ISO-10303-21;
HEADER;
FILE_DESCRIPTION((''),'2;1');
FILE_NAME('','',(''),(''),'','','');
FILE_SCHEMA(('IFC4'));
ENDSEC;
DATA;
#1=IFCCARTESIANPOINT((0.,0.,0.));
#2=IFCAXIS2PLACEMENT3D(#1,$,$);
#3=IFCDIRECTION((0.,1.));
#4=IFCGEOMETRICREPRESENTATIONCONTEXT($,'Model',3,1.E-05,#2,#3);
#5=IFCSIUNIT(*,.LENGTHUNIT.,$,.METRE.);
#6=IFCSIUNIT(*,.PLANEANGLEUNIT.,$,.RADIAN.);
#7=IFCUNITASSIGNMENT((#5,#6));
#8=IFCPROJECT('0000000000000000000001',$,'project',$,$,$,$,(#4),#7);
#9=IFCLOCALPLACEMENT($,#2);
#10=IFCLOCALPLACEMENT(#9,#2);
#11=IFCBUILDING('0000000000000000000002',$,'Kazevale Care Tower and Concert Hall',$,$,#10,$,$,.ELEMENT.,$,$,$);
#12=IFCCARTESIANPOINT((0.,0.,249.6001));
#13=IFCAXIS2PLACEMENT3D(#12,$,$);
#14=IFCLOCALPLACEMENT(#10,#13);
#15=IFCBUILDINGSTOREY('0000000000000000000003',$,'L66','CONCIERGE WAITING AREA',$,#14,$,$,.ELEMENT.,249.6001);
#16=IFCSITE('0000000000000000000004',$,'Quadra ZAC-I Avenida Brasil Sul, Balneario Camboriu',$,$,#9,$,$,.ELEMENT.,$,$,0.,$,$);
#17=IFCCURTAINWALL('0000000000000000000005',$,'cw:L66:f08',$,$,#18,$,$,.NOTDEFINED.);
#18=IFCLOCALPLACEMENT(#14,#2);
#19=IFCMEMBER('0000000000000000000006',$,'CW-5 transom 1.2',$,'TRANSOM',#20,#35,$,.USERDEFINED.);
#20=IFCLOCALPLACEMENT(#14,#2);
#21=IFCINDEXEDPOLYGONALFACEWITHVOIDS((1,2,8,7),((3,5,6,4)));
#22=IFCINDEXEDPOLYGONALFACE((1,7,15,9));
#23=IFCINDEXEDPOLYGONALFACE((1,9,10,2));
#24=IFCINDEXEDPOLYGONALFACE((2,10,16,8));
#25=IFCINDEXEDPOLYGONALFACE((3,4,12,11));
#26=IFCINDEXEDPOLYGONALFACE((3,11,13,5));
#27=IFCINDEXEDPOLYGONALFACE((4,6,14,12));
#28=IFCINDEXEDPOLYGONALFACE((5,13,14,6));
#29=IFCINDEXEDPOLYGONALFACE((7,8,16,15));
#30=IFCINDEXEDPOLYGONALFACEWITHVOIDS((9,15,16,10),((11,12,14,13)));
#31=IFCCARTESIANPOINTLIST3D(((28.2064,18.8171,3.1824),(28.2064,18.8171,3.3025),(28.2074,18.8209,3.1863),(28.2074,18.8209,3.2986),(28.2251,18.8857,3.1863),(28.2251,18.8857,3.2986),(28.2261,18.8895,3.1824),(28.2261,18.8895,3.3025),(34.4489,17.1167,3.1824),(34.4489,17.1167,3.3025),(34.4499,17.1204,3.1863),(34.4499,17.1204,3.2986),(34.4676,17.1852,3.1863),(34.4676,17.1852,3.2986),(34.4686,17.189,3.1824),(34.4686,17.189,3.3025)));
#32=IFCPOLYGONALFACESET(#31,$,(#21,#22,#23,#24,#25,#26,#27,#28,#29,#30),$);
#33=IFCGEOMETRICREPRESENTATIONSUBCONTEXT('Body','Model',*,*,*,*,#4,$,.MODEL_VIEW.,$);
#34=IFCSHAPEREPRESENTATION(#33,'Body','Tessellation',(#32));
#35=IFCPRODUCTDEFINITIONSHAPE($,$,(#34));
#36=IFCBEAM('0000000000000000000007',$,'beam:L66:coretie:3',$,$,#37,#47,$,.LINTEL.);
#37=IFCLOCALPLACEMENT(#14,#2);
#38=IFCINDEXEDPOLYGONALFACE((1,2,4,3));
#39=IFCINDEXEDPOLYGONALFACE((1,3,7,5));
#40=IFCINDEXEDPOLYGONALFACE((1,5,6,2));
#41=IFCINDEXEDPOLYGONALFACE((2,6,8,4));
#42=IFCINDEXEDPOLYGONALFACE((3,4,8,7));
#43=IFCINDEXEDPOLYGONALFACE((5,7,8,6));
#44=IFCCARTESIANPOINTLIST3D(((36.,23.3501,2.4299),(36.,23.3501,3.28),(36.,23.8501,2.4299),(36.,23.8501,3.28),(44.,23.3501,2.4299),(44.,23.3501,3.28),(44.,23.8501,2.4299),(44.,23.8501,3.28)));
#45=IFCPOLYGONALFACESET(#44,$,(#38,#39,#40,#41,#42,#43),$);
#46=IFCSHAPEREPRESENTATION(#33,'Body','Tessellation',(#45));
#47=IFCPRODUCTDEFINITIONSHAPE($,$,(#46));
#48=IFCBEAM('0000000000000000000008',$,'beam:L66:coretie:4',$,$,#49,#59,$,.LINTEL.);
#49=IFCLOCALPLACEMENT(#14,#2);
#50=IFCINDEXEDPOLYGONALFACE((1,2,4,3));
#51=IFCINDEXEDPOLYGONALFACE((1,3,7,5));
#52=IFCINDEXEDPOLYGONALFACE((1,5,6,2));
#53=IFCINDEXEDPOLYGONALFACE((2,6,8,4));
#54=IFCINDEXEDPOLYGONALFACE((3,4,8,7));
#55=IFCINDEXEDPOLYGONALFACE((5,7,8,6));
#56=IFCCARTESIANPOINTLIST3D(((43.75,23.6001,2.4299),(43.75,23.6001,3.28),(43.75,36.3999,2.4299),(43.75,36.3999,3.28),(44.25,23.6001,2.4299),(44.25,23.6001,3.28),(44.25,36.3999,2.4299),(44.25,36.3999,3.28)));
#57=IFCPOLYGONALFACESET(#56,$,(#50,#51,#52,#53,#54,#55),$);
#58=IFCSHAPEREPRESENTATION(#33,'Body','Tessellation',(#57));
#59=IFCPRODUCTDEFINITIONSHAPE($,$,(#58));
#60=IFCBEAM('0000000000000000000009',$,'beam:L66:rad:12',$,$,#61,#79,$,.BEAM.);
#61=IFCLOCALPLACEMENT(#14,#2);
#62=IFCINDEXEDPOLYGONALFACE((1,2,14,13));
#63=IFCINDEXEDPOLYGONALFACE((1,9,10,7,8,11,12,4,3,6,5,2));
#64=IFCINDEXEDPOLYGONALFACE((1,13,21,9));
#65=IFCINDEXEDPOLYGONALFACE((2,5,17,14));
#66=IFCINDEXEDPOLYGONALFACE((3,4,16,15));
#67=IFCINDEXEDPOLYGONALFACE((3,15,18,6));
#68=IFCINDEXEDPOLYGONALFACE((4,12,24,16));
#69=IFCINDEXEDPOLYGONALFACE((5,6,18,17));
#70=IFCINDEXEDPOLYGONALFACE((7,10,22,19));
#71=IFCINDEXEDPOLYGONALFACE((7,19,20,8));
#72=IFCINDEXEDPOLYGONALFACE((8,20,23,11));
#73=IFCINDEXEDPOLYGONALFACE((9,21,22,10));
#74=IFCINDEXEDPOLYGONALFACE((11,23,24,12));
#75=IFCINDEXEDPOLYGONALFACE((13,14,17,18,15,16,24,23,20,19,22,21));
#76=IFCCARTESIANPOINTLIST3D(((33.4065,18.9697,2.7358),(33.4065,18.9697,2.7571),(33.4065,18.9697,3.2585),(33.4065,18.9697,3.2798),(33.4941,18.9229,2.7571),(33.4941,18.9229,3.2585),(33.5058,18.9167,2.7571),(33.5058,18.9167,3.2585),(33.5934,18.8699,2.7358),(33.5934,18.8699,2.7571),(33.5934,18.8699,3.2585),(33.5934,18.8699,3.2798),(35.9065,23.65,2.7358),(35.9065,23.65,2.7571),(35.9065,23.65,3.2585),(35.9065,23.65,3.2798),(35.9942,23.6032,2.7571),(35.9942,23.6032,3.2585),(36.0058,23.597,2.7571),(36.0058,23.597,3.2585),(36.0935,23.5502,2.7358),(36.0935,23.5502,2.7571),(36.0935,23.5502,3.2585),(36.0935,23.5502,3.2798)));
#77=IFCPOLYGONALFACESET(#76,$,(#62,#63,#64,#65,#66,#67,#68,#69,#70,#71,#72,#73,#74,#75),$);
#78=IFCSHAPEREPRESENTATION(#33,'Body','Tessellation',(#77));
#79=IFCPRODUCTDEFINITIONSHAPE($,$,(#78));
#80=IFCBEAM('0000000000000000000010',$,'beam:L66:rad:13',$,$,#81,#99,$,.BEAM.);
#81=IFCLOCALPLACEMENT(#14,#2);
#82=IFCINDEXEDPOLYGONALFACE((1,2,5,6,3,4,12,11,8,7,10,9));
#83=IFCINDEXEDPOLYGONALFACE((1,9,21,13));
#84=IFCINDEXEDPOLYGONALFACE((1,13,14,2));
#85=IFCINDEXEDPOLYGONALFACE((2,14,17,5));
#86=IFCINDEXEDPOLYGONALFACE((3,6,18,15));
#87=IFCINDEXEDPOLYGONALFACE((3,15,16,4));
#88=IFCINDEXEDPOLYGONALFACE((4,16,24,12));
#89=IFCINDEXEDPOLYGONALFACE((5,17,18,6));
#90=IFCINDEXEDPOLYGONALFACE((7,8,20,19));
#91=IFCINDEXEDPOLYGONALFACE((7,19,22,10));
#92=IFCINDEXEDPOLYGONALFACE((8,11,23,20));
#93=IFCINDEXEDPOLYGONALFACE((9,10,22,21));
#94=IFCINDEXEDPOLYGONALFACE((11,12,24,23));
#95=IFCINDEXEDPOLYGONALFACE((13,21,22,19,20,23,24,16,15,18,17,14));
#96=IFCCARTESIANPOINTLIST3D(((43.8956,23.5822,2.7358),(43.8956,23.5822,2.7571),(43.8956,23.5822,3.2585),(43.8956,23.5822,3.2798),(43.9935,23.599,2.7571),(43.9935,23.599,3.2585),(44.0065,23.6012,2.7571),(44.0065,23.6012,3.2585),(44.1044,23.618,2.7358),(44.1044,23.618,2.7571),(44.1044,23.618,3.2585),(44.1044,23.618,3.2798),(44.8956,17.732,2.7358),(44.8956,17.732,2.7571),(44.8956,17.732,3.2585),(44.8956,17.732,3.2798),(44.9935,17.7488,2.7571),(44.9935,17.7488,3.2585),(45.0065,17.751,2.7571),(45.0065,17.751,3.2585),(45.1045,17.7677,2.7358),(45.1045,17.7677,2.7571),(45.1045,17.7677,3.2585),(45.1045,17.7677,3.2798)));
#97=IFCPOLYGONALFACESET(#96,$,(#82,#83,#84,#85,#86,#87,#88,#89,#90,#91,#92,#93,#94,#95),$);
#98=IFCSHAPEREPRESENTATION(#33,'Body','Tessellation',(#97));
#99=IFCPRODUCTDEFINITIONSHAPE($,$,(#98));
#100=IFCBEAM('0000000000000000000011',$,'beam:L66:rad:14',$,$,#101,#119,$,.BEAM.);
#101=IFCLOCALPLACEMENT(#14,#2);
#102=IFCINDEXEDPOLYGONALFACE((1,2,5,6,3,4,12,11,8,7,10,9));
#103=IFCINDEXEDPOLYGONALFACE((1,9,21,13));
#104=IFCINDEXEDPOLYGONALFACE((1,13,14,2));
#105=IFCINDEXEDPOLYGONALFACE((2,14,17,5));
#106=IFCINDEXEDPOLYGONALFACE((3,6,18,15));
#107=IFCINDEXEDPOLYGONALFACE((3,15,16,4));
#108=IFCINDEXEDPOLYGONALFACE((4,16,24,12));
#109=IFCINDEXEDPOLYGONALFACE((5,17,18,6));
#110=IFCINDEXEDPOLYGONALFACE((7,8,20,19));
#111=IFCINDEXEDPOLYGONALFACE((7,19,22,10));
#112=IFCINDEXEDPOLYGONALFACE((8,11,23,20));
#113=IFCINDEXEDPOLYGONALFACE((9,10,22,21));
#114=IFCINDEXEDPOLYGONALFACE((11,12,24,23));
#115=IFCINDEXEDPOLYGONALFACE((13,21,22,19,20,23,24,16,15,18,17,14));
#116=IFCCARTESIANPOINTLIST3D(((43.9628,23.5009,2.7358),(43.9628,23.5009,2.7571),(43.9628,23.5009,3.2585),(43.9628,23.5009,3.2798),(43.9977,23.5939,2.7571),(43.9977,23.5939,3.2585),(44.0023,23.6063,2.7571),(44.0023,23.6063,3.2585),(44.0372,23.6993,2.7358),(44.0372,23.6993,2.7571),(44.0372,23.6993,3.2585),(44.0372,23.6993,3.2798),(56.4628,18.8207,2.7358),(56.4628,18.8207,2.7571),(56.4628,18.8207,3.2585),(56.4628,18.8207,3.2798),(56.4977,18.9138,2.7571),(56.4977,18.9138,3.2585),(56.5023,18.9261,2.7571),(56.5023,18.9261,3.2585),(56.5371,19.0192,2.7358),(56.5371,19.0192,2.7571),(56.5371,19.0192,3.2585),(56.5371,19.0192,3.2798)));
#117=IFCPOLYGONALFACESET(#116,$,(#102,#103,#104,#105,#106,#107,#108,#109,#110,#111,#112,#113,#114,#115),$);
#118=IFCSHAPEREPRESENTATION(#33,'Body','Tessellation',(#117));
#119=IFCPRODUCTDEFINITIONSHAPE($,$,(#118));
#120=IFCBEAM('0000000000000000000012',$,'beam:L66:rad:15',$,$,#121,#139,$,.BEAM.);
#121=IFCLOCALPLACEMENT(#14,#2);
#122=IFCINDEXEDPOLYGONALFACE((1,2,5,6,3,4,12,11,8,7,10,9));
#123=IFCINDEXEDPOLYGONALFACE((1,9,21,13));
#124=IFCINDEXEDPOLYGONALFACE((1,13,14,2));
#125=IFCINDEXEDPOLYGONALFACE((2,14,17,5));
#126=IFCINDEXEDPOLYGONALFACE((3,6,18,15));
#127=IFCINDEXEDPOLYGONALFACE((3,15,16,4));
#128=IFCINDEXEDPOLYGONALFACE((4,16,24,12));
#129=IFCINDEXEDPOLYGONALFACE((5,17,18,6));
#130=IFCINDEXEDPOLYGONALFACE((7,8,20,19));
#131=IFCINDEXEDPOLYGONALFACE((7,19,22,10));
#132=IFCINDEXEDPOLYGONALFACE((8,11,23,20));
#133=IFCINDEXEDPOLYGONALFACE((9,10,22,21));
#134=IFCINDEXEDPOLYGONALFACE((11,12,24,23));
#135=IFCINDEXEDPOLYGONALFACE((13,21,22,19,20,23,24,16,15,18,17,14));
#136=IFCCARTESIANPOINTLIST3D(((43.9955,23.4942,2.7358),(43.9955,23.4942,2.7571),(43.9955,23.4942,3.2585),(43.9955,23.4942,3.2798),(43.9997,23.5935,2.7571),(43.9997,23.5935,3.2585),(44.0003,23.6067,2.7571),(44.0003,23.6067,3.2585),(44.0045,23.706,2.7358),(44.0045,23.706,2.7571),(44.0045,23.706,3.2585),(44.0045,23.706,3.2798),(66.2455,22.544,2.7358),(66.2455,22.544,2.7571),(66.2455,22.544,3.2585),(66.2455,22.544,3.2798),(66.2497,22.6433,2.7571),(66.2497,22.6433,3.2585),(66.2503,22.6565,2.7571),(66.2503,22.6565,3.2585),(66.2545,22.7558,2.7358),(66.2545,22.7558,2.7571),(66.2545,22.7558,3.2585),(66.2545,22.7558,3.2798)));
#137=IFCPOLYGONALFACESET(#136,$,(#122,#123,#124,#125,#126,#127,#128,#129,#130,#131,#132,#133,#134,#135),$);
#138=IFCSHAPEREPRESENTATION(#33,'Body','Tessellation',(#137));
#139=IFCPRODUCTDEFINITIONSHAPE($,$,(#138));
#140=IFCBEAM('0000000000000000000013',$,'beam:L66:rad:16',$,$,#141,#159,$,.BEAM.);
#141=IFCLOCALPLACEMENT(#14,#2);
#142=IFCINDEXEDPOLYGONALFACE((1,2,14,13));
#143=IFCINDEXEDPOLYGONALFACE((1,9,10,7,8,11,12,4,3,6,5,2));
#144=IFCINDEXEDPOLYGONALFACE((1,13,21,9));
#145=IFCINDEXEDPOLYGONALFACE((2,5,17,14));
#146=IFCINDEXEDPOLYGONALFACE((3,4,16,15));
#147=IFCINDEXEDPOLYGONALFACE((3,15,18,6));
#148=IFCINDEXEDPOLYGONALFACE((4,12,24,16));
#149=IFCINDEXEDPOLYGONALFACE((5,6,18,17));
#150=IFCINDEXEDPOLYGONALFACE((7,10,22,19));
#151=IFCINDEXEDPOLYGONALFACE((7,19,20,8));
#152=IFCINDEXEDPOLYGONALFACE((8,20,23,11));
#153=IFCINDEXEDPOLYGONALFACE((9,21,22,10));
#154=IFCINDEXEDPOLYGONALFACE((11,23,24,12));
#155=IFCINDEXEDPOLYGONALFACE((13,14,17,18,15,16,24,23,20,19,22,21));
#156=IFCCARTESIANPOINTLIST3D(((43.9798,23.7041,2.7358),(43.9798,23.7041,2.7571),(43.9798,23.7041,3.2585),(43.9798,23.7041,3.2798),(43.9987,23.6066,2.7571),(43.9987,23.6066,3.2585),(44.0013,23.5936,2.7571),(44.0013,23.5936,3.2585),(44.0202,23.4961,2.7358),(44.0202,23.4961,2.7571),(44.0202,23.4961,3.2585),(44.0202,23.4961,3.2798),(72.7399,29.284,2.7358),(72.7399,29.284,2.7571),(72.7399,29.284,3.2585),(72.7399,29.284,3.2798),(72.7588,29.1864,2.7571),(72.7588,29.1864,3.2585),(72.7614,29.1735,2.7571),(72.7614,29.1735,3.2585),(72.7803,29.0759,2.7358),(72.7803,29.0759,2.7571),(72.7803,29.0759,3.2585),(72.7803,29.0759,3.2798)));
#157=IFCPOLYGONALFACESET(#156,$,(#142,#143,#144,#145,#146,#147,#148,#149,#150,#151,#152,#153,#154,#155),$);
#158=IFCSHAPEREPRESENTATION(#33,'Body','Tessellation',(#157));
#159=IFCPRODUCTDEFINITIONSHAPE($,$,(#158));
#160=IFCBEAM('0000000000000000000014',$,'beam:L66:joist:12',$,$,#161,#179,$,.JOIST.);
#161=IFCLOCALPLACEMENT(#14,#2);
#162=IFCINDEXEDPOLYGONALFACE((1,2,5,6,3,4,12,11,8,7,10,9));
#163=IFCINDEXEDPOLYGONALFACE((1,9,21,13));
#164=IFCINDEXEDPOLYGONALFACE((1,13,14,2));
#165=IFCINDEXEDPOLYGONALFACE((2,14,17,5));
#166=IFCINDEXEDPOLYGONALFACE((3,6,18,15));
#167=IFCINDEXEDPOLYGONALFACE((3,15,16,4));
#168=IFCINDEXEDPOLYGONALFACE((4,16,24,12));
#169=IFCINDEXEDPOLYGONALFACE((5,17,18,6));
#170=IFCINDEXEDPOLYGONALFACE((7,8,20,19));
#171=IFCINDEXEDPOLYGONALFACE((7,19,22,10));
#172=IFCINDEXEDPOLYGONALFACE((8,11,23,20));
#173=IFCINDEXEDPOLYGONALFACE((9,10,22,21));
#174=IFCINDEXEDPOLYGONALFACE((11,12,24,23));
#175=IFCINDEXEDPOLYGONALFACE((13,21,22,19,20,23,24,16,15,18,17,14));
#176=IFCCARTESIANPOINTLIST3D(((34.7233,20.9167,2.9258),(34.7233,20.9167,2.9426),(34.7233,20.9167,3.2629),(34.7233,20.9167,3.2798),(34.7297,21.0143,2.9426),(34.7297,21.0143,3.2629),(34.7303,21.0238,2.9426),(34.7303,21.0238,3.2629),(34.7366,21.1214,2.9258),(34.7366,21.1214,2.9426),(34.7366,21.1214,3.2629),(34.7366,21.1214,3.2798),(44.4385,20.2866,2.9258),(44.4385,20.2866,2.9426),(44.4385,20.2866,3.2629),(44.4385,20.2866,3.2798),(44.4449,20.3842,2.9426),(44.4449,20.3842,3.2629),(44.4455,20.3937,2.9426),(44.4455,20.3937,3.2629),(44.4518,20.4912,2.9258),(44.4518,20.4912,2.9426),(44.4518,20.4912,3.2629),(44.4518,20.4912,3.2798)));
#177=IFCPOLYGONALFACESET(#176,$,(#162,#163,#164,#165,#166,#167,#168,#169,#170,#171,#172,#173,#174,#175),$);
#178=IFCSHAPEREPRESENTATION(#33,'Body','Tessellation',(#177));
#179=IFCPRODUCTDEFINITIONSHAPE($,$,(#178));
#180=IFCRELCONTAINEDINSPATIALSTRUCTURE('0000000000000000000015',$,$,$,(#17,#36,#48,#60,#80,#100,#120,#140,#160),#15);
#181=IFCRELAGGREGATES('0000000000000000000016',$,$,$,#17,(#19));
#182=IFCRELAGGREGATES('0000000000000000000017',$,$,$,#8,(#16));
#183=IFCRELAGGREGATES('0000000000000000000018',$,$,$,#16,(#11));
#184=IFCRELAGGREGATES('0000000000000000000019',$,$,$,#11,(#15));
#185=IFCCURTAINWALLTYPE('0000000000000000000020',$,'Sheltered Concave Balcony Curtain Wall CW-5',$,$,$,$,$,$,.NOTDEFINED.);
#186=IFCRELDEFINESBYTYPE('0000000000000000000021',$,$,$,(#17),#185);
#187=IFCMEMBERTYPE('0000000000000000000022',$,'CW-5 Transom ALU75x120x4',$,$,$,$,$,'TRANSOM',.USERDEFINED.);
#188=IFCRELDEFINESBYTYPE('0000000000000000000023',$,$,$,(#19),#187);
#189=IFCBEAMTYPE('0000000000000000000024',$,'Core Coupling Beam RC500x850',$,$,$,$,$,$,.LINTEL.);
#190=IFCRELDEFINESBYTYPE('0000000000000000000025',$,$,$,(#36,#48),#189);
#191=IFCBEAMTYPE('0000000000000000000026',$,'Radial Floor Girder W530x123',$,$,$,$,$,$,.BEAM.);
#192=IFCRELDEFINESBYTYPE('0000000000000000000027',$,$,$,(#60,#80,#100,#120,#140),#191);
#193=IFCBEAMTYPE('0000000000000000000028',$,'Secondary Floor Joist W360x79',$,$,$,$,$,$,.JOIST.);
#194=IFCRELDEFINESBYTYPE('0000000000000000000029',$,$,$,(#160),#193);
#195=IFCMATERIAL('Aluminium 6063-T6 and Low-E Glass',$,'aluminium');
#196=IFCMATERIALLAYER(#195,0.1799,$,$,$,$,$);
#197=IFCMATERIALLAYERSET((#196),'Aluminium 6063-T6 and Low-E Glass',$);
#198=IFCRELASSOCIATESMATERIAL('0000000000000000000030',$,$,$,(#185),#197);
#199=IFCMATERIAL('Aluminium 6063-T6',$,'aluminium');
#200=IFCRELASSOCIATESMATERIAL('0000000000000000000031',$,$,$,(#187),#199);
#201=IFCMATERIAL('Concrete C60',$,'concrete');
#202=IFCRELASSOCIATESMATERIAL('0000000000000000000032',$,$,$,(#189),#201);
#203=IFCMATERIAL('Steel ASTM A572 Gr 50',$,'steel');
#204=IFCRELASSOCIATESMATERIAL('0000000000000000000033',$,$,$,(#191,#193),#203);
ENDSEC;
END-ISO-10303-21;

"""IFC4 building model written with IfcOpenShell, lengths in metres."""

from ifc_helpers import new_model, si_unit, direction, frame, origin, origin_2d, place, context, subcontext, project, spatial, rectangle, hollow_rectangle, i_section, extrude, material, layer, layer_set, material_profile, profile_set, type_object, element, aggregate, save


model = new_model("IFC4")

# Units and contexts
model_context = context("Model", 3, precision=1e-05, world=origin(), true_north=direction((0.0, 1.0)))
body_context = subcontext(model_context, "Body", "Model", "MODEL_VIEW")
ifc_project = project(units=[si_unit("LENGTHUNIT", "METRE"), si_unit("PLANEANGLEUNIT", "RADIAN")], contexts=[model_context])

# Site, building, storey
site_placement = place(None, origin())
site = spatial("IfcSite", under=ifc_project, at=site_placement, Name="Quadra ZAC-I Avenida Brasil Sul, Balneario Camboriu", CompositionType="ELEMENT", RefElevation=0.0)
building_placement = place(site_placement, origin())
building = spatial("IfcBuilding", under=site, at=building_placement, Name="Kazevale Care Tower and Concert Hall", CompositionType="ELEMENT")
storey_placement = place(building_placement, frame((0.0, 0.0, 249.6001)))
storey = spatial("IfcBuildingStorey", under=building, at=storey_placement, Name="L66", Description="CONCIERGE WAITING AREA", CompositionType="ELEMENT", Elevation=249.6001)

# Shared definitions
ifc_material_1 = material(Name="Aluminium 6063-T6 and Low-E Glass", Category="aluminium")
ifc_layer_1 = layer(ifc_material_1, 0.1799)
ifc_layer_set_1 = layer_set([ifc_layer_1], Name="Aluminium 6063-T6 and Low-E Glass")
curtain_wall_type = type_object("IfcCurtainWallType", Name="Sheltered Concave Balcony Curtain Wall CW-5", PredefinedType="NOTDEFINED", material=ifc_layer_set_1)
ifc_material_2 = material(Name="Aluminium 6063-T6", Category="aluminium")

# Curtain wall
curtain_wall_1_placement = place(storey_placement, origin())
curtain_wall_1 = element("IfcCurtainWall", 1, at=curtain_wall_1_placement, inside=storey, type_object=curtain_wall_type, Name="cw:L66:f08", PredefinedType="NOTDEFINED")

# Member
ifc_material_profile_1 = material_profile(ifc_material_2, hollow_rectangle(XDim=0.075, YDim=0.1201, WallThickness=0.0039, at=origin_2d()), Name="ALU75x120x4")
ifc_profile_set_1 = profile_set([ifc_material_profile_1], Name="Aluminium 6063-T6")
member_type_1 = type_object("IfcMemberType", Name="CW-5 Transom ALU75x120x4", ElementType="TRANSOM", PredefinedType="USERDEFINED", material=ifc_profile_set_1)
member_1_placement = place(storey_placement, frame((34.4587, 17.1528, 3.2424), z_axis=(-0.964844, 0.262824, 0.0), x_axis=(-0.262824, -0.964844, 0.0)))
member_1 = element("IfcMember", 2, at=member_1_placement, type_object=member_type_1, Name="CW-5 transom 1.2", ObjectType="TRANSOM", PredefinedType="USERDEFINED", context=body_context, shape_type="SweptSolid", body=[
    extrude(hollow_rectangle(XDim=0.075, YDim=0.1201, WallThickness=0.0039, at=origin_2d()), origin(), (0.0, 0.0, 1.0), 6.47),
])
aggregate(curtain_wall_1, [member_1])

# Beams
ifc_material_3 = material(Name="Concrete C60", Category="concrete")
ifc_material_profile_2 = material_profile(ifc_material_3, rectangle(XDim=0.5, YDim=0.8501, at=origin_2d()), Name="RC-B500x850")
ifc_profile_set_2 = profile_set([ifc_material_profile_2], Name="Concrete C60")
beam_type_1 = type_object("IfcBeamType", Name="Core Coupling Beam RC500x850", PredefinedType="LINTEL", material=ifc_profile_set_2)
beam_1_placement = place(storey_placement, frame((36.0, 23.6001, 2.855), z_axis=(1.0, 0.0, 0.0), x_axis=(0.0, 1.0, 0.0)))
element("IfcBeam", 3, at=beam_1_placement, inside=storey, type_object=beam_type_1, Name="beam:L66:coretie:3", PredefinedType="LINTEL", context=body_context, shape_type="SweptSolid", body=[
    extrude(rectangle(XDim=0.5, YDim=0.8501, at=origin_2d()), origin(), (0.0, 0.0, 1.0), 8.0),
])
beam_2_placement = place(storey_placement, frame((44.0, 23.6001, 2.855), z_axis=(0.0, 1.0, 0.0), x_axis=(-1.0, 0.0, 0.0)))
element("IfcBeam", 4, at=beam_2_placement, inside=storey, type_object=beam_type_1, Name="beam:L66:coretie:4", PredefinedType="LINTEL", context=body_context, shape_type="SweptSolid", body=[
    extrude(rectangle(XDim=0.5, YDim=0.8501, at=origin_2d()), origin(), (0.0, 0.0, 1.0), 12.7998),
])
ifc_material_4 = material(Name="Steel ASTM A572 Gr 50", Category="steel")
ifc_material_profile_3 = material_profile(ifc_material_4, i_section(OverallWidth=0.2119, OverallDepth=0.5439, WebThickness=0.0132, FlangeThickness=0.0212, at=origin_2d()), Name="W530x123")
ifc_profile_set_3 = profile_set([ifc_material_profile_3], Name="Steel ASTM A572 Gr 50")
beam_type_2 = type_object("IfcBeamType", Name="Radial Floor Girder W530x123", PredefinedType="BEAM", material=ifc_profile_set_3)
beam_3_placement = place(storey_placement, frame((36.0, 23.6001, 3.0078), z_axis=(-0.471161, -0.882047, 0.0), x_axis=(0.882047, -0.471161, 0.0)))
element("IfcBeam", 5, at=beam_3_placement, inside=storey, type_object=beam_type_2, Name="beam:L66:rad:12", PredefinedType="BEAM", context=body_context, shape_type="SweptSolid", body=[
    extrude(i_section(OverallWidth=0.2119, OverallDepth=0.5439, WebThickness=0.0132, FlangeThickness=0.0212, at=origin_2d()), origin(), (0.0, 0.0, 1.0), 5.3062),
])
beam_4_placement = place(storey_placement, frame((44.0, 23.6001, 3.0078), z_axis=(0.168493, -0.985703, 0.0), x_axis=(0.985703, 0.168493, 0.0)))
element("IfcBeam", 6, at=beam_4_placement, inside=storey, type_object=beam_type_2, Name="beam:L66:rad:13", PredefinedType="BEAM", context=body_context, shape_type="SweptSolid", body=[
    extrude(i_section(OverallWidth=0.2119, OverallDepth=0.5439, WebThickness=0.0132, FlangeThickness=0.0212, at=origin_2d()), origin(), (0.0, 0.0, 1.0), 5.9351),
])
beam_5_placement = place(storey_placement, frame((44.0, 23.6001, 3.0078), z_axis=(0.936509, -0.350642, 0.0), x_axis=(0.350642, 0.936509, 0.0)))
element("IfcBeam", 7, at=beam_5_placement, inside=storey, type_object=beam_type_2, Name="beam:L66:rad:14", PredefinedType="BEAM", context=body_context, shape_type="SweptSolid", body=[
    extrude(i_section(OverallWidth=0.2119, OverallDepth=0.5439, WebThickness=0.0132, FlangeThickness=0.0212, at=origin_2d()), origin(), (0.0, 0.0, 1.0), 13.3474),
])
beam_6_placement = place(storey_placement, frame((44.0, 23.6001, 3.0078), z_axis=(0.999089, -0.042667, 0.0), x_axis=(0.042667, 0.999089, 0.0)))
element("IfcBeam", 8, at=beam_6_placement, inside=storey, type_object=beam_type_2, Name="beam:L66:rad:15", PredefinedType="BEAM", context=body_context, shape_type="SweptSolid", body=[
    extrude(i_section(OverallWidth=0.2119, OverallDepth=0.5439, WebThickness=0.0132, FlangeThickness=0.0212, at=origin_2d()), origin(), (0.0, 0.0, 1.0), 22.2703),
])
beam_7_placement = place(storey_placement, frame((44.0, 23.6001, 3.0078), z_axis=(0.981695, 0.190462, 0.0), x_axis=(-0.190462, 0.981695, 0.0)))
element("IfcBeam", 9, at=beam_7_placement, inside=storey, type_object=beam_type_2, Name="beam:L66:rad:16", PredefinedType="BEAM", context=body_context, shape_type="SweptSolid", body=[
    extrude(i_section(OverallWidth=0.2119, OverallDepth=0.5439, WebThickness=0.0132, FlangeThickness=0.0212, at=origin_2d()), origin(), (0.0, 0.0, 1.0), 29.2964),
])
ifc_material_profile_4 = material_profile(ifc_material_4, i_section(OverallWidth=0.2051, OverallDepth=0.354, WebThickness=0.0095, FlangeThickness=0.0168, at=origin_2d()), Name="W360x79")
ifc_profile_set_4 = profile_set([ifc_material_profile_4], Name="Steel ASTM A572 Gr 50")
beam_type_3 = type_object("IfcBeamType", Name="Secondary Floor Joist W360x79", PredefinedType="JOIST", material=ifc_profile_set_4)
beam_8_placement = place(storey_placement, frame((34.73, 21.019, 3.1028), z_axis=(0.997903, -0.064725, 0.0), x_axis=(0.064725, 0.997903, 0.0)))
element("IfcBeam", 10, at=beam_8_placement, inside=storey, type_object=beam_type_3, Name="beam:L66:joist:12", PredefinedType="JOIST", context=body_context, shape_type="SweptSolid", body=[
    extrude(i_section(OverallWidth=0.2051, OverallDepth=0.354, WebThickness=0.0095, FlangeThickness=0.0168, at=origin_2d()), origin(), (0.0, 0.0, 1.0), 9.7356),
])

save(model, "model.ifc")
